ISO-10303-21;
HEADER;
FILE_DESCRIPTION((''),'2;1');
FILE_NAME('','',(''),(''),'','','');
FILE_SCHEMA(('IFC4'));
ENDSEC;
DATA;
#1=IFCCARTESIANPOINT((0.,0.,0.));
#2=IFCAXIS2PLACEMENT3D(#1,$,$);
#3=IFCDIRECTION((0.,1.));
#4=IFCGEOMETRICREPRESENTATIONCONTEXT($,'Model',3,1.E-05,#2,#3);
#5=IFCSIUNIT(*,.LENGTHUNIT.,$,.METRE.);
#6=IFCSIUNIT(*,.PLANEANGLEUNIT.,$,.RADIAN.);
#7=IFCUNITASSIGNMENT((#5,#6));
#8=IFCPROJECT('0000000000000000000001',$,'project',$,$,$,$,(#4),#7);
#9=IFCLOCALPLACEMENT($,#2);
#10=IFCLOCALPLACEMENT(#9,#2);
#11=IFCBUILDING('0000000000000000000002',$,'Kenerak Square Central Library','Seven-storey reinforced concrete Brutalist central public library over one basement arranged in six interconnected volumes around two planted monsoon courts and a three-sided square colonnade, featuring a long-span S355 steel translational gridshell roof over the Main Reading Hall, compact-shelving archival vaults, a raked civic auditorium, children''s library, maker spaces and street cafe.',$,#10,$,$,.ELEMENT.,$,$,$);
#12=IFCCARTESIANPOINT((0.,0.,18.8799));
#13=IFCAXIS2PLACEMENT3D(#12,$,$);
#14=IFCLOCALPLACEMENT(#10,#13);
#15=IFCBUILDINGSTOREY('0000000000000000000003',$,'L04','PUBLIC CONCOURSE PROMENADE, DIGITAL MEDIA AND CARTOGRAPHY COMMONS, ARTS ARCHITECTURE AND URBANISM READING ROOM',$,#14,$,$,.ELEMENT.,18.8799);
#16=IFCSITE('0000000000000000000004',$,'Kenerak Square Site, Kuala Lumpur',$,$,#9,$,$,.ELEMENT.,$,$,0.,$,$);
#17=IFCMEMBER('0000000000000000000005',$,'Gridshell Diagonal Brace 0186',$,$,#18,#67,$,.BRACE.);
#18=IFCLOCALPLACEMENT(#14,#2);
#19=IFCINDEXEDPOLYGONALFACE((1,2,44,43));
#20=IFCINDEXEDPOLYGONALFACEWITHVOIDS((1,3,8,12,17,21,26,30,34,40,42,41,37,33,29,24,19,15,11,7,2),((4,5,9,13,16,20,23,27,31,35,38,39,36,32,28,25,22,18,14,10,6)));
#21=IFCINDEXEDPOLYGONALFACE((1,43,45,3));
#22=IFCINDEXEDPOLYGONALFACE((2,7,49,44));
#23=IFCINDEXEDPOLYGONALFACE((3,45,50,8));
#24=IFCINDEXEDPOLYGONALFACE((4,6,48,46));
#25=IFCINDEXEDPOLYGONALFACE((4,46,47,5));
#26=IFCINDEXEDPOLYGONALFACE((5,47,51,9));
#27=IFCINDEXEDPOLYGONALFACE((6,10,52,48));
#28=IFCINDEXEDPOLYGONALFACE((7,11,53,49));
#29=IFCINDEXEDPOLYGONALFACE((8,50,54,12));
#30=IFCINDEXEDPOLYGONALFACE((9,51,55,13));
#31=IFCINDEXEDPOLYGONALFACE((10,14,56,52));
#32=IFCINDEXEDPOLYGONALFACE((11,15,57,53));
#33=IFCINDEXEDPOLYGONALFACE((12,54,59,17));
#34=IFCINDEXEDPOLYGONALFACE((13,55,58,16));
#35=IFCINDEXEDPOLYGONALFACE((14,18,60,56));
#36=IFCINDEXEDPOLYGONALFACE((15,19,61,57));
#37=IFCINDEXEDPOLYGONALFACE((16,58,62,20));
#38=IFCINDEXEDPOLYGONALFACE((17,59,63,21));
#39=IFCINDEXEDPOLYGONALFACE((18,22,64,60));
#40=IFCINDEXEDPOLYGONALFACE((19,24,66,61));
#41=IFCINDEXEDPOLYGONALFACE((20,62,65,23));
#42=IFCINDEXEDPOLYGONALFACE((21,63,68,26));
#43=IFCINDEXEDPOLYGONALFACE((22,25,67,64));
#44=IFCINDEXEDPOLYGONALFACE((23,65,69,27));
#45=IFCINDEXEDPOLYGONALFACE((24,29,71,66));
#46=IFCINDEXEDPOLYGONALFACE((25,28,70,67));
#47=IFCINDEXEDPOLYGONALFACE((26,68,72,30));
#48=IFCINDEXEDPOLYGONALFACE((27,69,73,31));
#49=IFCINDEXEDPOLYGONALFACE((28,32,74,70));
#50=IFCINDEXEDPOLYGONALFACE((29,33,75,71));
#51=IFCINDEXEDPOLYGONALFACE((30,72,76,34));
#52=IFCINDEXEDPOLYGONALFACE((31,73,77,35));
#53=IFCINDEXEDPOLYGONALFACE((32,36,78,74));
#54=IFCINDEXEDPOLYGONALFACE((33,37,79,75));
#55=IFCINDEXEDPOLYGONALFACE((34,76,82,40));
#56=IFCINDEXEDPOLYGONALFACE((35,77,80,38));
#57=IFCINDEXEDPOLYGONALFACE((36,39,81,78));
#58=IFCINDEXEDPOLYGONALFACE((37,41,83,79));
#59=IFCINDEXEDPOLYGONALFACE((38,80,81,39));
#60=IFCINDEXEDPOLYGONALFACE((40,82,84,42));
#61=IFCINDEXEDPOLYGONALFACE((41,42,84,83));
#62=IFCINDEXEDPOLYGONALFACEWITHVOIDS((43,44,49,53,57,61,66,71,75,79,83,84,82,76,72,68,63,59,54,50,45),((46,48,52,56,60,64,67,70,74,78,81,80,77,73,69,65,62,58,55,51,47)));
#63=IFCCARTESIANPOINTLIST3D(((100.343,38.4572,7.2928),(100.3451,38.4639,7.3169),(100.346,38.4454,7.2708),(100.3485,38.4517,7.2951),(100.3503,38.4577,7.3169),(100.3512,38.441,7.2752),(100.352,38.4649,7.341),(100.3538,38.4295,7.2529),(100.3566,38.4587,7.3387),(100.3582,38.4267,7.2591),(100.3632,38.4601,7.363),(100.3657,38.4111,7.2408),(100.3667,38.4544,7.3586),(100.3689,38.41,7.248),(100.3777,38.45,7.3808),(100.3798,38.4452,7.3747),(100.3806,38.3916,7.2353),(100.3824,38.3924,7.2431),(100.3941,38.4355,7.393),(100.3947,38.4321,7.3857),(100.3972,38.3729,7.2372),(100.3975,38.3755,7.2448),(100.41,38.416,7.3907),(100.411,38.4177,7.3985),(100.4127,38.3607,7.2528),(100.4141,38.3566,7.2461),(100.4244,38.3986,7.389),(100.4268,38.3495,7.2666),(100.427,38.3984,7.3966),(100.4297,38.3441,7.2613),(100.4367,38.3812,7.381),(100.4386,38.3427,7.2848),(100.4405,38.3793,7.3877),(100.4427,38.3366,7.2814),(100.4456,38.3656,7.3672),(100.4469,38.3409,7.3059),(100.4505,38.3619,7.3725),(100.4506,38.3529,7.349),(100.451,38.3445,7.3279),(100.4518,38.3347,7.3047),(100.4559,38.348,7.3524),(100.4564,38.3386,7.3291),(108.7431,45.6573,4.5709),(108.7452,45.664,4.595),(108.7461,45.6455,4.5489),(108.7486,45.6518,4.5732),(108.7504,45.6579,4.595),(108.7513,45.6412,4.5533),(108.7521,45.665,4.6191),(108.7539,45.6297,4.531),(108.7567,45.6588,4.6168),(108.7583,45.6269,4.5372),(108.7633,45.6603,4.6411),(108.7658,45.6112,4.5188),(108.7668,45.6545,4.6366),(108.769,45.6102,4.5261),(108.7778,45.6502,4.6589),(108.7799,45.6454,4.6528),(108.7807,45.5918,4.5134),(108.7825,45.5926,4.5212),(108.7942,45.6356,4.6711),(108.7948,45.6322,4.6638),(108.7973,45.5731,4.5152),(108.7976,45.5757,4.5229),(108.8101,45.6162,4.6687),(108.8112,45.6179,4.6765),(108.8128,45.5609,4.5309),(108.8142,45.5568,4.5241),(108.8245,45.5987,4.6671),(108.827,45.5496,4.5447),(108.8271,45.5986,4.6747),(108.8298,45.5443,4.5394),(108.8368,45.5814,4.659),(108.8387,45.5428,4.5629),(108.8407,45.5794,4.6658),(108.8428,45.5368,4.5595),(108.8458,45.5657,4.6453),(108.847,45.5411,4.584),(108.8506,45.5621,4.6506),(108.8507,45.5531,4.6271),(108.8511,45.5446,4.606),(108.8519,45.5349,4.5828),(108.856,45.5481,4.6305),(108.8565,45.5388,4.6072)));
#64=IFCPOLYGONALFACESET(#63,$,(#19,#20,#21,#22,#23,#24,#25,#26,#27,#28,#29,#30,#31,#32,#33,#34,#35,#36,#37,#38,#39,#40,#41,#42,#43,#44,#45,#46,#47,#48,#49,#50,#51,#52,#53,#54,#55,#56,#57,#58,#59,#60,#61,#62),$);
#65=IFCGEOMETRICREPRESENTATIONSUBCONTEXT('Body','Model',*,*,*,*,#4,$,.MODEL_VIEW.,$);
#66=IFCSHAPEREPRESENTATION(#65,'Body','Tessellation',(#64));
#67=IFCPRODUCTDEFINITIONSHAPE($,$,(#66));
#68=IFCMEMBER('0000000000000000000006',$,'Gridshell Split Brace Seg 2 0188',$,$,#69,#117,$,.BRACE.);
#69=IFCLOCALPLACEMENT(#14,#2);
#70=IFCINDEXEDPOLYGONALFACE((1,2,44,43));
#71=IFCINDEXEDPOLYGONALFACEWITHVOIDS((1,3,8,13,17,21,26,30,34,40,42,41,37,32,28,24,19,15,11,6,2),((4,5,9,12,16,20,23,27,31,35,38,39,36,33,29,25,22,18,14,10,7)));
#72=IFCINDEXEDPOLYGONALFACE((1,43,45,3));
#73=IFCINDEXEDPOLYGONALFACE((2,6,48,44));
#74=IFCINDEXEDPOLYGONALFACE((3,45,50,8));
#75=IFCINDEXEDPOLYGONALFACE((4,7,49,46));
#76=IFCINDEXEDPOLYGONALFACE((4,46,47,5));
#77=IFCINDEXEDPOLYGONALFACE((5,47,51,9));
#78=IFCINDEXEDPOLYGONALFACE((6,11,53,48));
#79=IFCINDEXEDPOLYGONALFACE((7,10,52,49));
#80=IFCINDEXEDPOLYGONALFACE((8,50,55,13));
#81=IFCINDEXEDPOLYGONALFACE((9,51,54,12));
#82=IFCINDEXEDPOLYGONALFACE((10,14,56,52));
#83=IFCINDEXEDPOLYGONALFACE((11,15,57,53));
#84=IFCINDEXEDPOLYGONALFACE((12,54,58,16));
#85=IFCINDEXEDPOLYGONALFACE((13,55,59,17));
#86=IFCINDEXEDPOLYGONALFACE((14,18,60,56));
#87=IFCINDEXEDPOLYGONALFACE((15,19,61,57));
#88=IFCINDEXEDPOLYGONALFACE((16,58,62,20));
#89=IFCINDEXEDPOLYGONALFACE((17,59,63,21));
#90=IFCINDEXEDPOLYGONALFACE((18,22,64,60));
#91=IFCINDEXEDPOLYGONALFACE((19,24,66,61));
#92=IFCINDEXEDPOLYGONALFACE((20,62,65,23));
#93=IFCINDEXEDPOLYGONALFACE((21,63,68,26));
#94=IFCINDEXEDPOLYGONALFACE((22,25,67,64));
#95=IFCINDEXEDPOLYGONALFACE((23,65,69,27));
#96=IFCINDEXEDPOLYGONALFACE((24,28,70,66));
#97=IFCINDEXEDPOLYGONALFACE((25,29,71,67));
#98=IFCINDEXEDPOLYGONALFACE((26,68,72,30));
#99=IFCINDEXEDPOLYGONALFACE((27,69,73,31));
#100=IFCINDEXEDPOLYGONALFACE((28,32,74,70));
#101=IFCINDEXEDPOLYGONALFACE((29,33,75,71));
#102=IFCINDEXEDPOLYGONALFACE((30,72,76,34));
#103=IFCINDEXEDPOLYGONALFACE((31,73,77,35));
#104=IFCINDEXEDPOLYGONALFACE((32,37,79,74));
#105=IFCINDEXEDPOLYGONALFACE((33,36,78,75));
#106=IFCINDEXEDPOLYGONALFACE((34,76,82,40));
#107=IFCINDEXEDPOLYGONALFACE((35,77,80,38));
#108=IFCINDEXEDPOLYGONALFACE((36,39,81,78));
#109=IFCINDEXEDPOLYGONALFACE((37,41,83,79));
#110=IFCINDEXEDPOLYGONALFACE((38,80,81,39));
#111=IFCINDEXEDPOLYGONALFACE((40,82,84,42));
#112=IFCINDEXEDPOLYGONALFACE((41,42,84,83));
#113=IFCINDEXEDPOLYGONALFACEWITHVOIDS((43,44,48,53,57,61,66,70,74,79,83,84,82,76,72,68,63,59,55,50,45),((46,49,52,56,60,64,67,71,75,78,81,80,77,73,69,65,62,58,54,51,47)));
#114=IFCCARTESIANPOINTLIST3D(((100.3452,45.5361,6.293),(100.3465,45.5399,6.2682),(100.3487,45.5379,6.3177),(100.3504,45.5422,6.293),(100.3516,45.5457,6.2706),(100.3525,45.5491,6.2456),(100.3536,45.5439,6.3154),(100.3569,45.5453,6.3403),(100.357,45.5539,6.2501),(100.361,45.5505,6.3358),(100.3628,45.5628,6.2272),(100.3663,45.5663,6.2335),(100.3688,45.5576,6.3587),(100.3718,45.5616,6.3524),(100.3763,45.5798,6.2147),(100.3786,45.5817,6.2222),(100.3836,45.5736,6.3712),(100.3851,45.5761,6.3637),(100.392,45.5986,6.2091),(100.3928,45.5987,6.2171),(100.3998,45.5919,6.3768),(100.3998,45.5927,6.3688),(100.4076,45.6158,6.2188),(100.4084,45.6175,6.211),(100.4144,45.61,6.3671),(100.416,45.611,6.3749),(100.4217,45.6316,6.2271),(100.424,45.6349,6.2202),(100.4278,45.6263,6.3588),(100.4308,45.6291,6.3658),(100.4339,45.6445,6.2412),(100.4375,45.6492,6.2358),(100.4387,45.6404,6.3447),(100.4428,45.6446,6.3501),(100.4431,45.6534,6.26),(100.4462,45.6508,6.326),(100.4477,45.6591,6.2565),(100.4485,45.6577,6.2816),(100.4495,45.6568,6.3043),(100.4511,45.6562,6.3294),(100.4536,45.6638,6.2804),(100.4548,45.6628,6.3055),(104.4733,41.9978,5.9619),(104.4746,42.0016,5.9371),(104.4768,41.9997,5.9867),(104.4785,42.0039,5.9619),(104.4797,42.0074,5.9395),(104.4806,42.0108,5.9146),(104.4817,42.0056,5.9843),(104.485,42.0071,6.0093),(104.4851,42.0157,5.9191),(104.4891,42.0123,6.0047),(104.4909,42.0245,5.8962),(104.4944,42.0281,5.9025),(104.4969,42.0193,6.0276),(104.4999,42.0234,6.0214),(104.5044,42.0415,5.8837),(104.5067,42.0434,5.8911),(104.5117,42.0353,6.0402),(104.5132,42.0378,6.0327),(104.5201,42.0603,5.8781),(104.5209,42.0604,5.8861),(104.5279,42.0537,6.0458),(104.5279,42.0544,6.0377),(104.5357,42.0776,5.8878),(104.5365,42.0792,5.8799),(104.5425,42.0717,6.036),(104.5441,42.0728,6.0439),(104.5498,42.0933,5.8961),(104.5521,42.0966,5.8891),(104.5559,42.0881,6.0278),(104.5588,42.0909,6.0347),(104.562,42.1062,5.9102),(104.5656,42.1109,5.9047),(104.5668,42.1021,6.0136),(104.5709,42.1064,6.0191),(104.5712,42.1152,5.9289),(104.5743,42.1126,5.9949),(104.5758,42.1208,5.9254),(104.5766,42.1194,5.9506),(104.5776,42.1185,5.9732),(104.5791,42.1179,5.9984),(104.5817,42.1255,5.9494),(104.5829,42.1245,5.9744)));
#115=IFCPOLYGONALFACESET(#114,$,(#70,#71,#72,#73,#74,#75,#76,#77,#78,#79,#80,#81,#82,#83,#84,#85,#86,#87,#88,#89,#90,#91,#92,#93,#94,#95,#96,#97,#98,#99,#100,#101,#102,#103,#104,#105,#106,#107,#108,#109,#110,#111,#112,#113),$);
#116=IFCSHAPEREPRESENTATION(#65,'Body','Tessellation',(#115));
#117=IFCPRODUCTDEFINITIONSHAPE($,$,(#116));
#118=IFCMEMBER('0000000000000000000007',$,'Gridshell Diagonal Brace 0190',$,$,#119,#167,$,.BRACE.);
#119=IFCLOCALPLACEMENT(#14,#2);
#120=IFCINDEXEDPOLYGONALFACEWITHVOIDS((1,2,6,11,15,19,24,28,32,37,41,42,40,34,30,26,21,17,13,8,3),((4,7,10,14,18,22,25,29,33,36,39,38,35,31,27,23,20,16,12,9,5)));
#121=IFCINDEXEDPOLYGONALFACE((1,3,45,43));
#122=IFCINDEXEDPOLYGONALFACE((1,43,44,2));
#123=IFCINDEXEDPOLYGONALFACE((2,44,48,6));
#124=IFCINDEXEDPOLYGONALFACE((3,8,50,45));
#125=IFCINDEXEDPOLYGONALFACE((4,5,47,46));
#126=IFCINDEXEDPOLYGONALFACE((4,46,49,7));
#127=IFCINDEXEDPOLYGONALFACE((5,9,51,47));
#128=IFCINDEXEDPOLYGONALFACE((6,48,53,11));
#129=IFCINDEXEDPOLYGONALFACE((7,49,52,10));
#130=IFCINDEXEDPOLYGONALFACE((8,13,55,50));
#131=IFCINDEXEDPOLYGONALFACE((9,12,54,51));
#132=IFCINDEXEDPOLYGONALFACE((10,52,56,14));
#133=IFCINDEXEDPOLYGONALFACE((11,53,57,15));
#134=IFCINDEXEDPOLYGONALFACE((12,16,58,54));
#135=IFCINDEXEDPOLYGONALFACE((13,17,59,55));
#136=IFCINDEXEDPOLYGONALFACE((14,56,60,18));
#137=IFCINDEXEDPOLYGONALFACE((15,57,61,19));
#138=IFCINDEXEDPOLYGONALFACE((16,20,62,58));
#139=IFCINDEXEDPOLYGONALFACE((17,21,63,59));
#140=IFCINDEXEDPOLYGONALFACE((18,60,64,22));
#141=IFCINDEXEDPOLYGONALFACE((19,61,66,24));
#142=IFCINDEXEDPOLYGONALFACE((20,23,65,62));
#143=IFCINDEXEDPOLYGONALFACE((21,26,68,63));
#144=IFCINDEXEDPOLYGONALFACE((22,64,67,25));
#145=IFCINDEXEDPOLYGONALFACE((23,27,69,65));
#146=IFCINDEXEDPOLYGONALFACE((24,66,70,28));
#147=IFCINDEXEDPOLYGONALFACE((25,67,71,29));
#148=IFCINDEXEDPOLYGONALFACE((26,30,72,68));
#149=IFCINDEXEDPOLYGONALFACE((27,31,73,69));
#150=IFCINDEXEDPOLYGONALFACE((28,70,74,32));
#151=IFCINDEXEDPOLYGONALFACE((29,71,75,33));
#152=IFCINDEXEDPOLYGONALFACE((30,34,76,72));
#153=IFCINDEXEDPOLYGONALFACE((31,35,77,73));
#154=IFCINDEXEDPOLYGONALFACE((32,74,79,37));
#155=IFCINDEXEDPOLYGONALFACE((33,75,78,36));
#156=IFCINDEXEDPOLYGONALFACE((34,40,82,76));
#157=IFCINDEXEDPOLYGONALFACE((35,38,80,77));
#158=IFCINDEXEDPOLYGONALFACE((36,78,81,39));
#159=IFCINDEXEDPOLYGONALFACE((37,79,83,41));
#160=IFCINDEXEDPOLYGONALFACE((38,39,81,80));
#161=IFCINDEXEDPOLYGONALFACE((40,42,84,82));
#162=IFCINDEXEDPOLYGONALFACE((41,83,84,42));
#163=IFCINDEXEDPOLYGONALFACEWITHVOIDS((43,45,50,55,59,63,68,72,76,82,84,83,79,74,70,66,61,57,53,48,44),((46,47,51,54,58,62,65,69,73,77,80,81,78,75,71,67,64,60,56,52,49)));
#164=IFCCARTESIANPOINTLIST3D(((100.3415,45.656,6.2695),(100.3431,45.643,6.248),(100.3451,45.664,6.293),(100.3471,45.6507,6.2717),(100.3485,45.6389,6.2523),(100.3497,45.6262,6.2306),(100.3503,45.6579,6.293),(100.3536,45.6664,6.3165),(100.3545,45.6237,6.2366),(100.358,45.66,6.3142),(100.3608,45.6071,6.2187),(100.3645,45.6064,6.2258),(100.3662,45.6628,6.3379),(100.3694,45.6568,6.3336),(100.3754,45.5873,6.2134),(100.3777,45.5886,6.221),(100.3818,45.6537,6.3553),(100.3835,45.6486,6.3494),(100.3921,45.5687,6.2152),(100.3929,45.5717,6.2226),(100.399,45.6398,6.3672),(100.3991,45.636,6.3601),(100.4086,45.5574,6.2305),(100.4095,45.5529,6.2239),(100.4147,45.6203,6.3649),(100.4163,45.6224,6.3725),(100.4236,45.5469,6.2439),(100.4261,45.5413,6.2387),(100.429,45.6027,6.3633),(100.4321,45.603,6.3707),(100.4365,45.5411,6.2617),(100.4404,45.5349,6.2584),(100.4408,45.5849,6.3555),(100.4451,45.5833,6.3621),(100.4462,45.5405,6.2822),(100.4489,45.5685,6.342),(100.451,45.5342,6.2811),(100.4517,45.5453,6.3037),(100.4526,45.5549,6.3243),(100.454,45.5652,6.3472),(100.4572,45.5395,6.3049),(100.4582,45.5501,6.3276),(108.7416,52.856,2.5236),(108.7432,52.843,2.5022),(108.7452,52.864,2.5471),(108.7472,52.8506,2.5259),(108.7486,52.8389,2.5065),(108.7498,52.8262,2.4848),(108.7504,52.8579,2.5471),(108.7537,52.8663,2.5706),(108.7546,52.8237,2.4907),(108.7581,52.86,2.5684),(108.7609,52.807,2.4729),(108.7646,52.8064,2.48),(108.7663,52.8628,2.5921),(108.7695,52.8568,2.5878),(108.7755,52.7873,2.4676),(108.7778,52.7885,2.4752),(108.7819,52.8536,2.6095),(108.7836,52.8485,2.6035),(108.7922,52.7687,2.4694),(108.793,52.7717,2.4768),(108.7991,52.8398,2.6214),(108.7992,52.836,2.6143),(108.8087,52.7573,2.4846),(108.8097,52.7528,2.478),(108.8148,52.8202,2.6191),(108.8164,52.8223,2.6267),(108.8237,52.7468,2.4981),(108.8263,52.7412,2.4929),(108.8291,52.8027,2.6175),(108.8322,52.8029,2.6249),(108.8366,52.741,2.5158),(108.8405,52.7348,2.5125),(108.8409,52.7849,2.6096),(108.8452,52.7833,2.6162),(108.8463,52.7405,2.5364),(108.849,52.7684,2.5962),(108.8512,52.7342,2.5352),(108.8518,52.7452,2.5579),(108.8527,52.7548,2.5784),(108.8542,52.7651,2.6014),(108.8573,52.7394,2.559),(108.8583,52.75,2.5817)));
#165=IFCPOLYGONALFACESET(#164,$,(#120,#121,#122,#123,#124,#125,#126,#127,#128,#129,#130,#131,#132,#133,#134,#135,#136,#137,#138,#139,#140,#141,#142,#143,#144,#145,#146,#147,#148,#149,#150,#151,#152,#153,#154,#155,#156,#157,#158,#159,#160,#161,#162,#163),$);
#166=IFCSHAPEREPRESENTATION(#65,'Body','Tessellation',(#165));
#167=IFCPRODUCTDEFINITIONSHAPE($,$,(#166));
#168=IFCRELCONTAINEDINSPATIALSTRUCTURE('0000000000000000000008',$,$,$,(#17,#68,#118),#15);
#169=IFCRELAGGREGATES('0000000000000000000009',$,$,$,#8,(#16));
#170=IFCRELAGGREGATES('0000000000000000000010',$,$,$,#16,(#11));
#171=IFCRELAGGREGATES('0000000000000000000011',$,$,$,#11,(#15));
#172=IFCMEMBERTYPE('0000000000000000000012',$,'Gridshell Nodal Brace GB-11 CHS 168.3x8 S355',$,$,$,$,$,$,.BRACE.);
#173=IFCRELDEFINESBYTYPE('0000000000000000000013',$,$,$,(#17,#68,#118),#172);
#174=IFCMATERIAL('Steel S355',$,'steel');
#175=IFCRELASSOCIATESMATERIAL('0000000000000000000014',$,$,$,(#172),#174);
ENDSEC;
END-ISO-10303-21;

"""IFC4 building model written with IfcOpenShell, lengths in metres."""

from ifc_helpers import new_model, si_unit, direction, frame, origin, origin_2d, place, context, subcontext, project, spatial, hollow_circle, extrude, material, material_profile, profile_set, type_object, element, save


model = new_model("IFC4")

# Units and contexts
model_context = context("Model", 3, precision=1e-05, world=origin(), true_north=direction((0.0, 1.0)))
body_context = subcontext(model_context, "Body", "Model", "MODEL_VIEW")
ifc_project = project(units=[si_unit("LENGTHUNIT", "METRE"), si_unit("PLANEANGLEUNIT", "RADIAN")], contexts=[model_context])

# Site, building, storey
site_placement = place(None, origin())
site = spatial("IfcSite", under=ifc_project, at=site_placement, Name="Kenerak Square Site, Kuala Lumpur", CompositionType="ELEMENT", RefElevation=0.0)
building_placement = place(site_placement, origin())
building = spatial("IfcBuilding", under=site, at=building_placement, Name="Kenerak Square Central Library", Description="Seven-storey reinforced concrete Brutalist central public library over one basement arranged in six interconnected volumes around two planted monsoon courts and a three-sided square colonnade, featuring a long-span S355 steel translational gridshell roof over the Main Reading Hall, compact-shelving archival vaults, a raked civic auditorium, children's library, maker spaces and street cafe.", CompositionType="ELEMENT")
storey_placement = place(building_placement, frame((0.0, 0.0, 18.8799)))
storey = spatial("IfcBuildingStorey", under=building, at=storey_placement, Name="L04", Description="PUBLIC CONCOURSE PROMENADE, DIGITAL MEDIA AND CARTOGRAPHY COMMONS, ARTS ARCHITECTURE AND URBANISM READING ROOM", CompositionType="ELEMENT", Elevation=18.8799)

# Members
ifc_material = material(Name="Steel S355", Category="steel")
ifc_material_profile_1 = material_profile(ifc_material, hollow_circle(Radius=0.0842, WallThickness=0.0081, at=origin_2d()), Name="CHS 168.3x8.0")
ifc_profile_set_1 = profile_set([ifc_material_profile_1], Name="Steel S355")
member_type_1 = type_object("IfcMemberType", Name="Gridshell Nodal Brace GB-11 CHS 168.3x8 S355", PredefinedType="BRACE", material=ifc_profile_set_1)
member_1_placement = place(storey_placement, frame((100.3999, 38.3999, 7.3169), z_axis=(0.737269, 0.631951, -0.238899), x_axis=(-0.650795, 0.759253, 0.0)))
element("IfcMember", 1, at=member_1_placement, inside=storey, type_object=member_type_1, Name="Gridshell Diagonal Brace 0186", PredefinedType="BRACE", context=body_context, shape_type="SweptSolid", body=[
    extrude(hollow_circle(Radius=0.0842, WallThickness=0.0081, at=origin_2d()), origin(), (0.0, 0.0, 1.0), 11.3936),
])
member_2_placement = place(storey_placement, frame((104.5281, 42.0618, 5.9619), z_axis=(-0.757863, 0.649577, 0.060776), x_axis=(-0.65078, -0.759266, 0.0)))
element("IfcMember", 2, at=member_2_placement, inside=storey, type_object=member_type_1, Name="Gridshell Split Brace Seg 2 0188", PredefinedType="BRACE", context=body_context, shape_type="SweptSolid", body=[
    extrude(hollow_circle(Radius=0.0842, WallThickness=0.0081, at=origin_2d()), origin(), (0.0, 0.0, 1.0), 5.447),
])
member_3_placement = place(storey_placement, frame((100.3999, 45.6001, 6.293), z_axis=(0.719162, 0.61641, -0.320694), x_axis=(-0.650782, 0.759264, 0.0)))
element("IfcMember", 3, at=member_3_placement, inside=storey, type_object=member_type_1, Name="Gridshell Diagonal Brace 0190", PredefinedType="BRACE", context=body_context, shape_type="SweptSolid", body=[
    extrude(hollow_circle(Radius=0.0842, WallThickness=0.0081, at=origin_2d()), origin(), (0.0, 0.0, 1.0), 11.6804),
])

save(model, "model.ifc")
